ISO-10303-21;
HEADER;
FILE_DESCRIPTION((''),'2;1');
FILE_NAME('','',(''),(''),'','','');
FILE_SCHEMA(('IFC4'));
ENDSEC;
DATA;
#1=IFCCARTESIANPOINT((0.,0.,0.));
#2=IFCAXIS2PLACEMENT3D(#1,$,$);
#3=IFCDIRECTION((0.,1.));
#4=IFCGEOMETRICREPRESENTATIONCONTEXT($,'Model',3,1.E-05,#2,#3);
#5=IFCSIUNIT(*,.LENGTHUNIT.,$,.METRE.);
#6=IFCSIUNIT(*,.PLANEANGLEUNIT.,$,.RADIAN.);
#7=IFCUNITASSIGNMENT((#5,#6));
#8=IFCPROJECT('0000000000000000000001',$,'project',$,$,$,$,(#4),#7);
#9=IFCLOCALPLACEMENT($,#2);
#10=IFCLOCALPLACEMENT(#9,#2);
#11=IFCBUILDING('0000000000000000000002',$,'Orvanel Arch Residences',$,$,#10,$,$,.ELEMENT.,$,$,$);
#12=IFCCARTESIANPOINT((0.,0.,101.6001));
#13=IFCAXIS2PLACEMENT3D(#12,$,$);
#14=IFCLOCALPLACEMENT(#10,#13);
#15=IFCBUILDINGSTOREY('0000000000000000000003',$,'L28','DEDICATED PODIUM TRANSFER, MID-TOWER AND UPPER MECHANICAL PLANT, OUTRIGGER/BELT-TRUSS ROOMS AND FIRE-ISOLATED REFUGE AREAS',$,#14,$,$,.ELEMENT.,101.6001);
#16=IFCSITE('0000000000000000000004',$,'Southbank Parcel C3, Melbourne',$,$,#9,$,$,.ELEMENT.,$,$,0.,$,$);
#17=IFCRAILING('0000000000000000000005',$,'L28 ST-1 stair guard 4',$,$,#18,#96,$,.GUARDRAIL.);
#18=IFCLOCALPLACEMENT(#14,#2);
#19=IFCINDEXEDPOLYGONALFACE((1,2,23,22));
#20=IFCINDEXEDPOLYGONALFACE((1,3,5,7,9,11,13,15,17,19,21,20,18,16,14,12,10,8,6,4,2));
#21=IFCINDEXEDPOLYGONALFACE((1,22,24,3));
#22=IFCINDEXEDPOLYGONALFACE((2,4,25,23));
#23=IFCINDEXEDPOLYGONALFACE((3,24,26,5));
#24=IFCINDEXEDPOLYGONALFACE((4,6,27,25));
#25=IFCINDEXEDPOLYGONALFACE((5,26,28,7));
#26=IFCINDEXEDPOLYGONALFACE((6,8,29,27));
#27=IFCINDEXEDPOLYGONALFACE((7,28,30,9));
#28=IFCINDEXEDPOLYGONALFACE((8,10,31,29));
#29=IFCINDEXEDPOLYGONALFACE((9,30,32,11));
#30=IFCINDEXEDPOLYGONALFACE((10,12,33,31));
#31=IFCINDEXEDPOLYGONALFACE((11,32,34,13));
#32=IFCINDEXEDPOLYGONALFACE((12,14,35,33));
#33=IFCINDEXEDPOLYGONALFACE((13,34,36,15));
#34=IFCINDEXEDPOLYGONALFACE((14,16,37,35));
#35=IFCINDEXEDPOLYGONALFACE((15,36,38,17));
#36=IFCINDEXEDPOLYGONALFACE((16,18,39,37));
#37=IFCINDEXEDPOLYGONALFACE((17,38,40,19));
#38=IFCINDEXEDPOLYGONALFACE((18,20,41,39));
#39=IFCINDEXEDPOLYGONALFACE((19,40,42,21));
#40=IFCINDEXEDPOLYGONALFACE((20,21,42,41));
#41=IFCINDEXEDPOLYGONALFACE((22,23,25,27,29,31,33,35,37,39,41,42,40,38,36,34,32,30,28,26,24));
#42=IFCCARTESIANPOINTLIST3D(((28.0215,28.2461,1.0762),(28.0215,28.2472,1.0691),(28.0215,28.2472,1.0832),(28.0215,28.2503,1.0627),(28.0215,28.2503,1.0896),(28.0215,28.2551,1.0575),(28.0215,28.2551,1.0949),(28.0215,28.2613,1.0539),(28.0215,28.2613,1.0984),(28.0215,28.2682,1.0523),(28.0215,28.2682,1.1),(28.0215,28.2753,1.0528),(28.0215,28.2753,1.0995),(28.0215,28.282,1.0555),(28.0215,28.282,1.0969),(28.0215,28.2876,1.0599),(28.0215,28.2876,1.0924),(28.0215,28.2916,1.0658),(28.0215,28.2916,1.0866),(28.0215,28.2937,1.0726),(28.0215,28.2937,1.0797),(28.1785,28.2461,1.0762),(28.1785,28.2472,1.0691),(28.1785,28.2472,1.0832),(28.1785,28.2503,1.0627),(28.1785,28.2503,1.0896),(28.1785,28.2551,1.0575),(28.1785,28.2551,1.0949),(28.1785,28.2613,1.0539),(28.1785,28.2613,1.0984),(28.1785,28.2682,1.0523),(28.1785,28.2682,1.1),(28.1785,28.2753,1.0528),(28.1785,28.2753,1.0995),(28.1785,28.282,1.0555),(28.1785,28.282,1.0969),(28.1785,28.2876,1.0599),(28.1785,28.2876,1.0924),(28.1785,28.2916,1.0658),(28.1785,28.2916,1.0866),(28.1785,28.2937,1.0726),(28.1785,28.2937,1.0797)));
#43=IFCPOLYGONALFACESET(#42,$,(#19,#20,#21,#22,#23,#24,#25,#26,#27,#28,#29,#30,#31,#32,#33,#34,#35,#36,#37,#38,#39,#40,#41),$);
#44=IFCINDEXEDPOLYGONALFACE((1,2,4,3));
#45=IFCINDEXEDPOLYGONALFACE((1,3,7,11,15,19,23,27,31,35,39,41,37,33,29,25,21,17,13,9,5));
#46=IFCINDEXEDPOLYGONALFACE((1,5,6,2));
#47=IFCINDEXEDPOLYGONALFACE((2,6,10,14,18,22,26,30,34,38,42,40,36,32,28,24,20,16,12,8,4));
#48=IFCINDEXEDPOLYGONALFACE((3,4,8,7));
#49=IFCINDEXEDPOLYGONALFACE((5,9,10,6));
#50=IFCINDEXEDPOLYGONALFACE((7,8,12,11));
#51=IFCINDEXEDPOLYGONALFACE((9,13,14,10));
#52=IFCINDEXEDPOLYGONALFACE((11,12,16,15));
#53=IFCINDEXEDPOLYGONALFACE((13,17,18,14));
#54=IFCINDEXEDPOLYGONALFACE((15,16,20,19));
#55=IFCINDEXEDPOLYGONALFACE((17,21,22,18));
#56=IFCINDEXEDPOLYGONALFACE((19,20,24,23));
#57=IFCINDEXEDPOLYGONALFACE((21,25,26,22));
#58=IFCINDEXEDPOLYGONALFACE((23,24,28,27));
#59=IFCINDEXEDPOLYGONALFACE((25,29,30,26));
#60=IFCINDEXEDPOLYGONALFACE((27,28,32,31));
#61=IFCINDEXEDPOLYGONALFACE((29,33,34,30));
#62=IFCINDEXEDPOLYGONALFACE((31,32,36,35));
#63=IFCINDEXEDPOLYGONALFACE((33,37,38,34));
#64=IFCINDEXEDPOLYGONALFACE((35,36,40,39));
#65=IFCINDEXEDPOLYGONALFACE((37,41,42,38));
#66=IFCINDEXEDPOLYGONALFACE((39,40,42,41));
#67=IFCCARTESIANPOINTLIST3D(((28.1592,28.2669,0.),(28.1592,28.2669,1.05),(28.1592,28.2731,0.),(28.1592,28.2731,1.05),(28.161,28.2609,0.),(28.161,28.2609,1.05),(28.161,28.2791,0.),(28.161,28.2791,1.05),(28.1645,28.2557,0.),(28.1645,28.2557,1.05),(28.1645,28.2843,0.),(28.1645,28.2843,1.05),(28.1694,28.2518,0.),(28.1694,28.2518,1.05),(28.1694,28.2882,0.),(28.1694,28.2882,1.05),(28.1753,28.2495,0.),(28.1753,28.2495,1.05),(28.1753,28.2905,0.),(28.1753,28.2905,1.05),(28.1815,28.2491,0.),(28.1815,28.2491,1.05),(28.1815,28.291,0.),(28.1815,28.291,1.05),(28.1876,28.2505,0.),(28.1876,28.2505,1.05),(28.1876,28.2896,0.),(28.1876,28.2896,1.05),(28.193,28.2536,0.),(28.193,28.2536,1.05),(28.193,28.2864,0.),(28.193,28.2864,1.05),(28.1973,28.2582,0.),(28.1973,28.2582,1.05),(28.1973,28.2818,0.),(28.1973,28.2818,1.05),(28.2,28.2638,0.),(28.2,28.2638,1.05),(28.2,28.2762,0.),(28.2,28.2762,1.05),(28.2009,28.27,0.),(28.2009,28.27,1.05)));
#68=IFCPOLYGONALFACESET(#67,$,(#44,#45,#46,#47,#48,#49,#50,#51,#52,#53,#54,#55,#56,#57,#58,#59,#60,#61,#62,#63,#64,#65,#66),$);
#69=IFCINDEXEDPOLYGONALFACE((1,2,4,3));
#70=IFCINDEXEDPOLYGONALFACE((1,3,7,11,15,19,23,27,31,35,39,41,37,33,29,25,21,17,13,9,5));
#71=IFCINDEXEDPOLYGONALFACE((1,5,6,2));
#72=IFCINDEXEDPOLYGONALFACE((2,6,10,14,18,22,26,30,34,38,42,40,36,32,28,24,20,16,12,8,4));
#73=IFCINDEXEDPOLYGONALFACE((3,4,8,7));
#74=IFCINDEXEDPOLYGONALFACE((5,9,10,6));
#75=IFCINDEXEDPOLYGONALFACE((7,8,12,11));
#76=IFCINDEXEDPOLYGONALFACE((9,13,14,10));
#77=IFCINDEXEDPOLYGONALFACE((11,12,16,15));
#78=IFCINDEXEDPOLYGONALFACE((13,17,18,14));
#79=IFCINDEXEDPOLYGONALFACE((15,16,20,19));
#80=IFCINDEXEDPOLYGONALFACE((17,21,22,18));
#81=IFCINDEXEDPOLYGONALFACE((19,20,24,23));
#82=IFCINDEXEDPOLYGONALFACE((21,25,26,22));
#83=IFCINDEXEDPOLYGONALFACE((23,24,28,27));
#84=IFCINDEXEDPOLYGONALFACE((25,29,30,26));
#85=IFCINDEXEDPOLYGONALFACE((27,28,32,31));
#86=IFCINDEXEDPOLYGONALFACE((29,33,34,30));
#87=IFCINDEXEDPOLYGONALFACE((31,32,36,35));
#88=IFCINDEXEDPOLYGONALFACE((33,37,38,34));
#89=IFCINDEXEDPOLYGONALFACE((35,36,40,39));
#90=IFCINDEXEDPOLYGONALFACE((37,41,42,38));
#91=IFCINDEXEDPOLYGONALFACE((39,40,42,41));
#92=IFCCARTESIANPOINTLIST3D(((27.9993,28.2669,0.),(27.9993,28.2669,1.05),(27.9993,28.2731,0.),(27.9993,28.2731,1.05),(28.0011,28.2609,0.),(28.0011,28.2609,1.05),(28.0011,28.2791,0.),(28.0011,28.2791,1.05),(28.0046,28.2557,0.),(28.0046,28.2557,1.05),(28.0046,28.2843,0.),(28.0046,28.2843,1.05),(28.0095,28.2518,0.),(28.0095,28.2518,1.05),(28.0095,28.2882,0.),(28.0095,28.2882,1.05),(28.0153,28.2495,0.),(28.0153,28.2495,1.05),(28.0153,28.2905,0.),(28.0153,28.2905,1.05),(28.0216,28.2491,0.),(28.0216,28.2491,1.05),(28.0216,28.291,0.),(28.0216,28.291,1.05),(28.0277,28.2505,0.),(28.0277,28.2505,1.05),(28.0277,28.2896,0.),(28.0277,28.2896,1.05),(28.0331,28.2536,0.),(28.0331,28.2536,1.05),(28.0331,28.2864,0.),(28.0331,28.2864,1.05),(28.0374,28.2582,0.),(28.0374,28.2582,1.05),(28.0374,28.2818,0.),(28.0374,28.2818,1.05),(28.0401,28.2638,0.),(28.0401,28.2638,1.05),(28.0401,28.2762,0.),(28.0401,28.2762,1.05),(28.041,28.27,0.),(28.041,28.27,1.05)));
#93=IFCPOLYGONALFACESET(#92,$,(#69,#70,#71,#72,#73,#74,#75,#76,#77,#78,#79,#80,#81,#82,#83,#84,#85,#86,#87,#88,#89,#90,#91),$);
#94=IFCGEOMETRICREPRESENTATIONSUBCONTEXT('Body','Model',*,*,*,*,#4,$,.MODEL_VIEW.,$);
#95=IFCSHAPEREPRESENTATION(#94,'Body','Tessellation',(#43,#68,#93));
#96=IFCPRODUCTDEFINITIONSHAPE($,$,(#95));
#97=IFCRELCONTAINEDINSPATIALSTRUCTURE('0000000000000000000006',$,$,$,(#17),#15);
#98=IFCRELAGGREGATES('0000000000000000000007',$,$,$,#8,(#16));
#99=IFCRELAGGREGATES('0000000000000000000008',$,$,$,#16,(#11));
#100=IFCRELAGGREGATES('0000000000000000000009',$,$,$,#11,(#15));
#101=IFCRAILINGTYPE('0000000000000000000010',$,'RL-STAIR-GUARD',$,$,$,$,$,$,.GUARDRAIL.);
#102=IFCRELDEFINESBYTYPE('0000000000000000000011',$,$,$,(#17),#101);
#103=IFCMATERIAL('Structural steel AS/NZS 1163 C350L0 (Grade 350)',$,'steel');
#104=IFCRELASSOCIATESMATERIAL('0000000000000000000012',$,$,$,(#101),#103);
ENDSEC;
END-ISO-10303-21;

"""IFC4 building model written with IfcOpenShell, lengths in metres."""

from ifc_helpers import new_model, si_unit, direction, frame, origin, origin_2d, place, context, subcontext, project, spatial, circle, extrude, material, type_object, element, save


model = new_model("IFC4")

# Units and contexts
model_context = context("Model", 3, precision=1e-05, world=origin(), true_north=direction((0.0, 1.0)))
body_context = subcontext(model_context, "Body", "Model", "MODEL_VIEW")
ifc_project = project(units=[si_unit("LENGTHUNIT", "METRE"), si_unit("PLANEANGLEUNIT", "RADIAN")], contexts=[model_context])

# Site, building, storey
site_placement = place(None, origin())
site = spatial("IfcSite", under=ifc_project, at=site_placement, Name="Southbank Parcel C3, Melbourne", CompositionType="ELEMENT", RefElevation=0.0)
building_placement = place(site_placement, origin())
building = spatial("IfcBuilding", under=site, at=building_placement, Name="Orvanel Arch Residences", CompositionType="ELEMENT")
storey_placement = place(building_placement, frame((0.0, 0.0, 101.6001)))
storey = spatial("IfcBuildingStorey", under=building, at=storey_placement, Name="L28", Description="DEDICATED PODIUM TRANSFER, MID-TOWER AND UPPER MECHANICAL PLANT, OUTRIGGER/BELT-TRUSS ROOMS AND FIRE-ISOLATED REFUGE AREAS", CompositionType="ELEMENT", Elevation=101.6001)

# Railing
ifc_material_1 = material(Name="Structural steel AS/NZS 1163 C350L0 (Grade 350)", Category="steel")
railing_type_1 = type_object("IfcRailingType", Name="RL-STAIR-GUARD", PredefinedType="GUARDRAIL", material=ifc_material_1)
railing_1_placement = place(storey_placement, frame((28.1799, 28.27, 0.0)))
element("IfcRailing", 1, at=railing_1_placement, inside=storey, type_object=railing_type_1, Name="L28 ST-1 stair guard 4", PredefinedType="GUARDRAIL", context=body_context, shape_type="SweptSolid", body=[
    extrude(circle(Radius=0.0239, at=origin_2d()), frame((-0.0015, 0.0, 1.0762), z_axis=(-1.0, 0.0, 0.0), x_axis=(0.0, -1.0, 0.0)), (0.0, 0.0, 1.0), 0.157),
    extrude(circle(Radius=0.021, at=origin_2d()), origin(), (0.0, 0.0, 1.0), 1.05),
    extrude(circle(Radius=0.021, at=origin_2d()), frame((-0.1599, 0.0, 0.0)), (0.0, 0.0, 1.0), 1.05),
])

save(model, "model.ifc")
